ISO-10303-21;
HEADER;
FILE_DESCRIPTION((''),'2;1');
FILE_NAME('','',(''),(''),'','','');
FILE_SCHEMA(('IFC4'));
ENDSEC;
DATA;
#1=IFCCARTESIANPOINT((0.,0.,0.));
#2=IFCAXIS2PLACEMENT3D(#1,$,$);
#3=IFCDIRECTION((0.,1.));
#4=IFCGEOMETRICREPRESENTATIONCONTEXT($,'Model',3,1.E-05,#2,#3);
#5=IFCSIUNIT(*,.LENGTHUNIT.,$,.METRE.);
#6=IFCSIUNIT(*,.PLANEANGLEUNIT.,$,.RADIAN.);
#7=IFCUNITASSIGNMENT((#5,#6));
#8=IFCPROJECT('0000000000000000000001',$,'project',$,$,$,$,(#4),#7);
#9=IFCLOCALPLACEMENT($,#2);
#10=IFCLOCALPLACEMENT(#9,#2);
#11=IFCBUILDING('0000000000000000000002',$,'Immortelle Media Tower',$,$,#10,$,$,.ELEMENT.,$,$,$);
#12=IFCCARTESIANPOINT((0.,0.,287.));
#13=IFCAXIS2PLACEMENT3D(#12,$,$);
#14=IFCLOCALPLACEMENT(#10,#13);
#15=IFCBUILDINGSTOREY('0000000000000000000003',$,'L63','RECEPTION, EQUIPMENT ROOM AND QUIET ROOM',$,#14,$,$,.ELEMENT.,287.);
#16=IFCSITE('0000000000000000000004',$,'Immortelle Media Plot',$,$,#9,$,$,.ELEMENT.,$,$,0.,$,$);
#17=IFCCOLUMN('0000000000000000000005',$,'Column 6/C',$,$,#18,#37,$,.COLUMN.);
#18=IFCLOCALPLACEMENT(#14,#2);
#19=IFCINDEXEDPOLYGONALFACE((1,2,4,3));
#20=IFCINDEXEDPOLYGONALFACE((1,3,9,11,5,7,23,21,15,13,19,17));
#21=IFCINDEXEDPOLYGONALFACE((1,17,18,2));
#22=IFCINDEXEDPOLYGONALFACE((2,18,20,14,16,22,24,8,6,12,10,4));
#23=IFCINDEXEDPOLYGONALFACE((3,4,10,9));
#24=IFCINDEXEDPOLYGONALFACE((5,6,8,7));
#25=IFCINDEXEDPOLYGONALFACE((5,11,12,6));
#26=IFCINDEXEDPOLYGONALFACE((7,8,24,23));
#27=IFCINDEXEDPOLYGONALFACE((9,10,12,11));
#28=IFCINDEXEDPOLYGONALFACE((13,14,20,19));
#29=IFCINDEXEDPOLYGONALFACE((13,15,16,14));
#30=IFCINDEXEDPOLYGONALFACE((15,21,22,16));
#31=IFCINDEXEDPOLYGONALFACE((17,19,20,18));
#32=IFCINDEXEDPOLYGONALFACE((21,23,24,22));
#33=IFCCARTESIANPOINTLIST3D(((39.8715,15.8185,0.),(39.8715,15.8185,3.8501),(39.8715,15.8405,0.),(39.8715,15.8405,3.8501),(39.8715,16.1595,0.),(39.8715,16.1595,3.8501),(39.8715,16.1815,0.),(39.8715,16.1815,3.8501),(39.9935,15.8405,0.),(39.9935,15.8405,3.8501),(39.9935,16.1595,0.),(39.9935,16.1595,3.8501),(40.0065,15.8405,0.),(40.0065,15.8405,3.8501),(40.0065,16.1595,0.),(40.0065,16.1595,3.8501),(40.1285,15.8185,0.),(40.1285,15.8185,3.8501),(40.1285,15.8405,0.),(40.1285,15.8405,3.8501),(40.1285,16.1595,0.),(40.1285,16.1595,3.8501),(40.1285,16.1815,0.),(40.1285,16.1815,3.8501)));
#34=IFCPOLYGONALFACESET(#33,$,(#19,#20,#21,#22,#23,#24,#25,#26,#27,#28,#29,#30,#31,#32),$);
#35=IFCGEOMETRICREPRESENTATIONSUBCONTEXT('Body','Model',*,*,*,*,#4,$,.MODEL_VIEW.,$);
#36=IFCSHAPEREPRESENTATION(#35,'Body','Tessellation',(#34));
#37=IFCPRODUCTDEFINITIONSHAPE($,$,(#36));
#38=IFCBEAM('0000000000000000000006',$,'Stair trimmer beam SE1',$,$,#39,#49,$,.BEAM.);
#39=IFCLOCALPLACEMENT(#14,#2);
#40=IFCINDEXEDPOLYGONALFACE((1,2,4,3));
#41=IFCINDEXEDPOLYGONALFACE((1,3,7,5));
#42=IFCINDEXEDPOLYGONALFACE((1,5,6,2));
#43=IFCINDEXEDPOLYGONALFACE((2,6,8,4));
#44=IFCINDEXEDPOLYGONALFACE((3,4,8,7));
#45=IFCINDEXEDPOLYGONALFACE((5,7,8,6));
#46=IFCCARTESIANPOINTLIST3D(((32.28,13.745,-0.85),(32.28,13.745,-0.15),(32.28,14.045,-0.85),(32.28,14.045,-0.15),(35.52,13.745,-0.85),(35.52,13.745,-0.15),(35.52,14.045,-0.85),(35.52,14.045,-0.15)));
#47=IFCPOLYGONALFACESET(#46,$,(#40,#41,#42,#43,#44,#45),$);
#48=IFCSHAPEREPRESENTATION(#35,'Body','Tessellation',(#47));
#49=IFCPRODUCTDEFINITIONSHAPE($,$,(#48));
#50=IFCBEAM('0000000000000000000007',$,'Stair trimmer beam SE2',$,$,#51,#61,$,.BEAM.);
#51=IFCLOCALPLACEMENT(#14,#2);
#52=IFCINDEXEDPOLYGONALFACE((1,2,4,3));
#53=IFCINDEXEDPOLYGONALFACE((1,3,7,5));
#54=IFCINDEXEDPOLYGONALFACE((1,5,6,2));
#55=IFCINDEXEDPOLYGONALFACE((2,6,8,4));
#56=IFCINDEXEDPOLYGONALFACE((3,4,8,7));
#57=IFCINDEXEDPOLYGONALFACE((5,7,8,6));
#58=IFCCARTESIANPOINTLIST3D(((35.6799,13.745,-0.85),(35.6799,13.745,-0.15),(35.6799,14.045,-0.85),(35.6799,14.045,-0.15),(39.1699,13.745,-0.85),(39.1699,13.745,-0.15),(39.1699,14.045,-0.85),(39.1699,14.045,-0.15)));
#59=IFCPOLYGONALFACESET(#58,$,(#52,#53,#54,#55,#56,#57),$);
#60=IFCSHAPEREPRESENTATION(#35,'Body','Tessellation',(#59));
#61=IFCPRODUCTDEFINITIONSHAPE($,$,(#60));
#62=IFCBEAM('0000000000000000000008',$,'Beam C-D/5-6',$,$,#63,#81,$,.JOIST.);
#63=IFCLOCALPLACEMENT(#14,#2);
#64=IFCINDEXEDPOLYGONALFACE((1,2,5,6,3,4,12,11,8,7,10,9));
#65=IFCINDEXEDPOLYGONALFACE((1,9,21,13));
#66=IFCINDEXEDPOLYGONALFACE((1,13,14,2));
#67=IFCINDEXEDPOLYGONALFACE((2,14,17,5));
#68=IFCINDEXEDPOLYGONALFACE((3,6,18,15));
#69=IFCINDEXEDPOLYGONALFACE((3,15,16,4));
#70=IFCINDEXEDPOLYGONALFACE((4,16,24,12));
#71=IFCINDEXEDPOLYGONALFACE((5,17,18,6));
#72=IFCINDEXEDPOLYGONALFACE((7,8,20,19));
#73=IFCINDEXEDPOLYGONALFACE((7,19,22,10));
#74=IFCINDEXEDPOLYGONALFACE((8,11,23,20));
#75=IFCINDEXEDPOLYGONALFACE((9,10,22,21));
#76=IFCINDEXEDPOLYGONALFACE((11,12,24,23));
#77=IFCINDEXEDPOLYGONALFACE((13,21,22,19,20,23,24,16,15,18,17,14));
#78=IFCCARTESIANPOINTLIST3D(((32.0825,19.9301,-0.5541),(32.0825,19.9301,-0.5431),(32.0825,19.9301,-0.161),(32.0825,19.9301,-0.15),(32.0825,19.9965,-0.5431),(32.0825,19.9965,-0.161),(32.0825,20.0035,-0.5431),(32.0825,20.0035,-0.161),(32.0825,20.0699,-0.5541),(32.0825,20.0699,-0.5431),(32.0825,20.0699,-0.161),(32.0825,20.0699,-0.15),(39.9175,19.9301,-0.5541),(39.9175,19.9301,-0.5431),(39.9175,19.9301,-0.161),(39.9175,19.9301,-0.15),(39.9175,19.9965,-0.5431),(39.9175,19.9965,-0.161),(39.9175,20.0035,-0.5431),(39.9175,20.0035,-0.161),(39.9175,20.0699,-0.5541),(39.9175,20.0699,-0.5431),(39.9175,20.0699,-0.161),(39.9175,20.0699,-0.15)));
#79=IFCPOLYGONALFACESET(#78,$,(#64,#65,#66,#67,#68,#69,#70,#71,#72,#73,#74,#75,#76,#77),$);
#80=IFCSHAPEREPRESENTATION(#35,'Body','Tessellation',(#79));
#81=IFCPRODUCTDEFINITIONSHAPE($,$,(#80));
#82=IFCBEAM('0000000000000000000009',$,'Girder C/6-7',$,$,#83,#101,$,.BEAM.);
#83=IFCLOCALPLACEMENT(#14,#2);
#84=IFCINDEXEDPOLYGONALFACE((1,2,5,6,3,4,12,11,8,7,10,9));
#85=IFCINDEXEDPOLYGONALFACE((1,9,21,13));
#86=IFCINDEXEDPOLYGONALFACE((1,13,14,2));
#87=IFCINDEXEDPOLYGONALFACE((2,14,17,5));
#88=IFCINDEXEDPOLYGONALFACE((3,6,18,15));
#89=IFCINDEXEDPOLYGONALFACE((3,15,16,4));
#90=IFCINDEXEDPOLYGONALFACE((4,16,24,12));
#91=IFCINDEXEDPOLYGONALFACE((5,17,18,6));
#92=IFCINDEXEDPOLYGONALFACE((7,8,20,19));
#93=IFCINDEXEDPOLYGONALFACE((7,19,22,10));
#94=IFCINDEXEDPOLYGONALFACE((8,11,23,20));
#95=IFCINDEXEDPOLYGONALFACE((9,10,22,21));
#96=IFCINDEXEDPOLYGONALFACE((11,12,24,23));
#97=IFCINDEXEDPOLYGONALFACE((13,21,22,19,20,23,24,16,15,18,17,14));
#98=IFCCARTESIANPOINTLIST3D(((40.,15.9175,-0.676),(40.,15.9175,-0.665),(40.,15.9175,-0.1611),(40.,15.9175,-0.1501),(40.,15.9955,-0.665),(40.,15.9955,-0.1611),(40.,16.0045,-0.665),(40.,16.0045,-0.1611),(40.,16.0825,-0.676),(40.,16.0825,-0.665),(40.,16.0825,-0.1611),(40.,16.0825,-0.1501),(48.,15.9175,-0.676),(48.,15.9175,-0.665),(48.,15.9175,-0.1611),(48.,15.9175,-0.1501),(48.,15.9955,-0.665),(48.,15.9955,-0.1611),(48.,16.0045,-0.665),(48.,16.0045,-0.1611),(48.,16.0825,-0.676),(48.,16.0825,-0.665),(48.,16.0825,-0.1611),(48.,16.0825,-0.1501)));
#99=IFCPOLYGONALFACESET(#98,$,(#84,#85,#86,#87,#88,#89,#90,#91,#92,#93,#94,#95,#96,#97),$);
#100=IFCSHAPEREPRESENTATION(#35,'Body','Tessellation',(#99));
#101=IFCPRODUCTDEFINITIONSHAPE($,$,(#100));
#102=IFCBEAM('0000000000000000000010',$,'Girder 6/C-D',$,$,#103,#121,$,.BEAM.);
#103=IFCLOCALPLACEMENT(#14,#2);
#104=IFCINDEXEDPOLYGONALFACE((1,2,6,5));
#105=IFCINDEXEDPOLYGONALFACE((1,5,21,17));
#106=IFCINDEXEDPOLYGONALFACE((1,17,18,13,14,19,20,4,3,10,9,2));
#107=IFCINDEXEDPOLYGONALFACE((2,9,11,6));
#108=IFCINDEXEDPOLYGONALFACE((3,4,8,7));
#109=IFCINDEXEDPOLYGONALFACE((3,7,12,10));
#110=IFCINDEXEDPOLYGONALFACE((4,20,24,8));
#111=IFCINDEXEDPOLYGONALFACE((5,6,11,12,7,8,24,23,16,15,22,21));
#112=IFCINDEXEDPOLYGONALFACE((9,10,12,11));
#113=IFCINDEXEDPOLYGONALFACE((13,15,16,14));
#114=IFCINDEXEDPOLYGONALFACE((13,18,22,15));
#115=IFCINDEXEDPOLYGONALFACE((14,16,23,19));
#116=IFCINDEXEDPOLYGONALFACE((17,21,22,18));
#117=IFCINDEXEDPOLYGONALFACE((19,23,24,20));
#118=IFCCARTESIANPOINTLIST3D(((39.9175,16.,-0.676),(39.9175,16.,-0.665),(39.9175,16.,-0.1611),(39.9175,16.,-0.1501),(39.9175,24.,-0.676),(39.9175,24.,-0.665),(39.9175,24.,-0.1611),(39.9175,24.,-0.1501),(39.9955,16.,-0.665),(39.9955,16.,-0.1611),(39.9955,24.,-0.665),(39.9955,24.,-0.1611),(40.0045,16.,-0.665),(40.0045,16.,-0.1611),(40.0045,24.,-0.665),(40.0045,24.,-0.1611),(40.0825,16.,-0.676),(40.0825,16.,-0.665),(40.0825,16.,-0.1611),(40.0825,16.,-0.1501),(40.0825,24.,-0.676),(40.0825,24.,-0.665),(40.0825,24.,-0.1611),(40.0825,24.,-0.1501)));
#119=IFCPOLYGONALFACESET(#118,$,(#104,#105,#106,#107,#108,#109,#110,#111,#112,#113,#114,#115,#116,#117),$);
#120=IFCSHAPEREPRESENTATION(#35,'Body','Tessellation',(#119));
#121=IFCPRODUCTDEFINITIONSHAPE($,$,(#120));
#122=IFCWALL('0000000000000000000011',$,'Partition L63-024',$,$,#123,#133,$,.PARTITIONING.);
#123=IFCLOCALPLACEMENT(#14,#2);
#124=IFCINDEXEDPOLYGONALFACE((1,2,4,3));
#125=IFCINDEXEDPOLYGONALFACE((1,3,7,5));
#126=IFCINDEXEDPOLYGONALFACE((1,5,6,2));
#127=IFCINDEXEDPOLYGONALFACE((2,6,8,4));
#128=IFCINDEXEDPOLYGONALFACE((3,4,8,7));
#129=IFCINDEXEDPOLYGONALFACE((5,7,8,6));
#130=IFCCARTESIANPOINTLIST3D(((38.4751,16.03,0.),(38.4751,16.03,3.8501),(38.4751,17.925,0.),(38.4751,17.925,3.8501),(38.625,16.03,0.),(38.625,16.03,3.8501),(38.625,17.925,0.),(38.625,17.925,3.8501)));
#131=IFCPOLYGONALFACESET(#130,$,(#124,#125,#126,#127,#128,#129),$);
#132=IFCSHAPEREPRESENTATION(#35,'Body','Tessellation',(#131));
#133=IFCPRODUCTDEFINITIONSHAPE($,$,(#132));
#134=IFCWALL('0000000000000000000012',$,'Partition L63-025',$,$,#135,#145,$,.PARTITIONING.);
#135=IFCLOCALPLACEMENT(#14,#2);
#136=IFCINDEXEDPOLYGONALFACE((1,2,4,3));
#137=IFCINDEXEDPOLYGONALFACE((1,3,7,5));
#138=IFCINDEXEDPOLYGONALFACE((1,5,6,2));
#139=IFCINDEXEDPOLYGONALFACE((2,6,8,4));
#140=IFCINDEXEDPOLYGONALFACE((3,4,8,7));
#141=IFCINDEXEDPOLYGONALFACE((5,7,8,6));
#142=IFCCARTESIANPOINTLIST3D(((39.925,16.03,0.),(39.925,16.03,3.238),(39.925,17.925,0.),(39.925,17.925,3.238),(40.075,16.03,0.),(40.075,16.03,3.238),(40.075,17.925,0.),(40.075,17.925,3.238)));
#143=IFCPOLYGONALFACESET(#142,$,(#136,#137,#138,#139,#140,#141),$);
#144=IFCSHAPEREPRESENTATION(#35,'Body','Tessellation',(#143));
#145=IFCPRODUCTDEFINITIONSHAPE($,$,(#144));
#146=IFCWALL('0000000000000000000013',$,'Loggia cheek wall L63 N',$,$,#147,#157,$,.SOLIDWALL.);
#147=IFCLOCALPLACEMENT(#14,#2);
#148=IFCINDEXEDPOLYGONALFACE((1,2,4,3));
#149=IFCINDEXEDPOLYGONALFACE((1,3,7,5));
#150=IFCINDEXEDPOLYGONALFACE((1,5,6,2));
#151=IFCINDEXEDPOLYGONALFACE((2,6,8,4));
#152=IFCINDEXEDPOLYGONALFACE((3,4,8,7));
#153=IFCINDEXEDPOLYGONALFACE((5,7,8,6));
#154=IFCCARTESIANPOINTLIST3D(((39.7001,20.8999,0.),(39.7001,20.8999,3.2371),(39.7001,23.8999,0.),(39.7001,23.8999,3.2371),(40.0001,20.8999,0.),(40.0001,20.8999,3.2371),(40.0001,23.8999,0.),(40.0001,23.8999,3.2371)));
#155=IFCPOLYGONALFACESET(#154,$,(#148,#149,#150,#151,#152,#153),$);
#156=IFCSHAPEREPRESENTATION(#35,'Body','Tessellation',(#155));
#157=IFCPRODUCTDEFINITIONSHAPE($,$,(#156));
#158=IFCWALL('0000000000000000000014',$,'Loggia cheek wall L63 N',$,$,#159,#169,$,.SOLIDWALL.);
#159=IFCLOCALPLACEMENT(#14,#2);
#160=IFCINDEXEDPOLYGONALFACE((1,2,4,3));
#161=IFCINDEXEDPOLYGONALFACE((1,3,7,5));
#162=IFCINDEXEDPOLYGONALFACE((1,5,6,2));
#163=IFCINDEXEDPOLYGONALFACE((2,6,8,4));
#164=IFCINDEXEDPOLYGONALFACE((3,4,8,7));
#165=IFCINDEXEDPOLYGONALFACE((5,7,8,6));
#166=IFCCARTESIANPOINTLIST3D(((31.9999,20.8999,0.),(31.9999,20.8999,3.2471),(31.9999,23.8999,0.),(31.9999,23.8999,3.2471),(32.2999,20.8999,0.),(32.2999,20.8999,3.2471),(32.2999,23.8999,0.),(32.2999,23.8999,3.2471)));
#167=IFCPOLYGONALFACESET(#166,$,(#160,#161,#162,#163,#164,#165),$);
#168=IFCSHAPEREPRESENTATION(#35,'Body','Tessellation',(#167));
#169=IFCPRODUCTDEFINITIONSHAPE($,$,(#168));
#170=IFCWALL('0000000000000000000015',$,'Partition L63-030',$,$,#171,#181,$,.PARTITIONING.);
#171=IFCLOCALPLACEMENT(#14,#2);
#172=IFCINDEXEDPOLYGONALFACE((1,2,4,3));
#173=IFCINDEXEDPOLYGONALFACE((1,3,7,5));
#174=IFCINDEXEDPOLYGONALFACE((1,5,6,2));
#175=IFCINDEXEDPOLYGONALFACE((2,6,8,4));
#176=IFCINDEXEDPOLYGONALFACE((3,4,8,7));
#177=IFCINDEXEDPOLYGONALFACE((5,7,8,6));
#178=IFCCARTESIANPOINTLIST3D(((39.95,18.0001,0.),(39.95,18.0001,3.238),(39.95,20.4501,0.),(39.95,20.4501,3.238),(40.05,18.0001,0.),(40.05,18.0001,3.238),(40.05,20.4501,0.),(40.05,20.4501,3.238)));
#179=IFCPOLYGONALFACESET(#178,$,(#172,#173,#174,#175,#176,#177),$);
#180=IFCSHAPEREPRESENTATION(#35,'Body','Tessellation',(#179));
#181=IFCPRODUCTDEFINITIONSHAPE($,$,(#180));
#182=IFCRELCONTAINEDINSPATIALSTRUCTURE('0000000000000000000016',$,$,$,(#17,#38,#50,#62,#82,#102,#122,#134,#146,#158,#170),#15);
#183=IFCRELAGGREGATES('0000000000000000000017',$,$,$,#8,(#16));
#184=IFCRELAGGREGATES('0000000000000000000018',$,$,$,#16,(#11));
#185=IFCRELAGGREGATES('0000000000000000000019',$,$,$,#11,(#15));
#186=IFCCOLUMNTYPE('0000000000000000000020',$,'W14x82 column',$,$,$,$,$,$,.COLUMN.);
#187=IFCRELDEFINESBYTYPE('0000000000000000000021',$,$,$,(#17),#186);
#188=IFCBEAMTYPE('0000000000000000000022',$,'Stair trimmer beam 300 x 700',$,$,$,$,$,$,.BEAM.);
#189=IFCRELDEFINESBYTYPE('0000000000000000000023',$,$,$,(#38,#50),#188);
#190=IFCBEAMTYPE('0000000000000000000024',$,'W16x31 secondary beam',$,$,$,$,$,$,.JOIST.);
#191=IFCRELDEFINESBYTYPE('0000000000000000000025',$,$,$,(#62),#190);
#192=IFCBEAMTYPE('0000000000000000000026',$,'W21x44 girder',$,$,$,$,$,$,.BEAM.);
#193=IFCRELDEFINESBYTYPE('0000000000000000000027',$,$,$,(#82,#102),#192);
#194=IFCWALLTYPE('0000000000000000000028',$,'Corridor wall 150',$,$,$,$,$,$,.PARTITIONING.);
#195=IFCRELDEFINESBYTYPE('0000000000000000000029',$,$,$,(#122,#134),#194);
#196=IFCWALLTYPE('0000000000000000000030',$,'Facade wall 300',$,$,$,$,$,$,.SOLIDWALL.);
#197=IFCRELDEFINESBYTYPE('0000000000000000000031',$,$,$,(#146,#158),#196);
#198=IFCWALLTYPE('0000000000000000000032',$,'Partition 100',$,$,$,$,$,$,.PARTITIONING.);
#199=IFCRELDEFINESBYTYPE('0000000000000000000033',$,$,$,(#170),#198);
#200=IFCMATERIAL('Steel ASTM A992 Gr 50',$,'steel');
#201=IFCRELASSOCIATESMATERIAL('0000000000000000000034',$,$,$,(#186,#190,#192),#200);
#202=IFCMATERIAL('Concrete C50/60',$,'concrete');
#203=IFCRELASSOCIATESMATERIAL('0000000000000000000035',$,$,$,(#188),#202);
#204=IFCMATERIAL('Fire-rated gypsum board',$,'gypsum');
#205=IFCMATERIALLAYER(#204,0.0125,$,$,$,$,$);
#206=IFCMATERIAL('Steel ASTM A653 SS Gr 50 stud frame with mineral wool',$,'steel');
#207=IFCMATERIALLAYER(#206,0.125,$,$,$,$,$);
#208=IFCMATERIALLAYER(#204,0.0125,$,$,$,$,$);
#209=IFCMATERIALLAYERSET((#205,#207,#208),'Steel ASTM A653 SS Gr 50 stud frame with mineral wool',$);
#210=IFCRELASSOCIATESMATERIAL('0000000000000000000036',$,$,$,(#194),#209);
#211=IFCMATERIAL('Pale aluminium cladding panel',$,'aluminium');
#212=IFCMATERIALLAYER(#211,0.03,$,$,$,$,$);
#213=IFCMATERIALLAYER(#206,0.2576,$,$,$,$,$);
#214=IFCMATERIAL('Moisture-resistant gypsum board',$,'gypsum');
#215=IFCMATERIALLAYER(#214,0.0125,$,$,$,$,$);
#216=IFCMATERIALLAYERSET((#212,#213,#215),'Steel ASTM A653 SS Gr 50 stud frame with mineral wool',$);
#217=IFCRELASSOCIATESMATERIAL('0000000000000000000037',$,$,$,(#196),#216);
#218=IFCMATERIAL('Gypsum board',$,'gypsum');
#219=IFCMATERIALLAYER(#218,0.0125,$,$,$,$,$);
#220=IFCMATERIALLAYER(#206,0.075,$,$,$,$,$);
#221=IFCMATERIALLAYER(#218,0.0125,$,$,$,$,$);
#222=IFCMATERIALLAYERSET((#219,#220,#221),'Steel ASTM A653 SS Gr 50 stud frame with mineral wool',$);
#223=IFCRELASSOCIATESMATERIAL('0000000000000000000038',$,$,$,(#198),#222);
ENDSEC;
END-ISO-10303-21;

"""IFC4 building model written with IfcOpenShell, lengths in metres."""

from ifc_helpers import new_model, si_unit, direction, frame, frame_2d, origin, origin_2d, place, context, subcontext, project, spatial, rectangle, i_section, extrude, material, layer, layer_set, material_profile, profile_set, type_object, element, save


model = new_model("IFC4")

# Units and contexts
model_context = context("Model", 3, precision=1e-05, world=origin(), true_north=direction((0.0, 1.0)))
body_context = subcontext(model_context, "Body", "Model", "MODEL_VIEW")
ifc_project = project(units=[si_unit("LENGTHUNIT", "METRE"), si_unit("PLANEANGLEUNIT", "RADIAN")], contexts=[model_context])

# Site, building, storey
site_placement = place(None, origin())
site = spatial("IfcSite", under=ifc_project, at=site_placement, Name="Immortelle Media Plot", CompositionType="ELEMENT", RefElevation=0.0)
building_placement = place(site_placement, origin())
building = spatial("IfcBuilding", under=site, at=building_placement, Name="Immortelle Media Tower", CompositionType="ELEMENT")
storey_placement = place(building_placement, frame((0.0, 0.0, 287.0)))
storey = spatial("IfcBuildingStorey", under=building, at=storey_placement, Name="L63", Description="RECEPTION, EQUIPMENT ROOM AND QUIET ROOM", CompositionType="ELEMENT", Elevation=287.0)

# Column
ifc_material_1 = material(Name="Steel ASTM A992 Gr 50", Category="steel")
ifc_material_profile_1 = material_profile(ifc_material_1, i_section(OverallWidth=0.2571, OverallDepth=0.363, WebThickness=0.0129, FlangeThickness=0.022, at=origin_2d()), Name="W14x82")
ifc_profile_set_1 = profile_set([ifc_material_profile_1], Name="Steel ASTM A992 Gr 50")
column_type = type_object("IfcColumnType", Name="W14x82 column", PredefinedType="COLUMN", material=ifc_profile_set_1)
column_placement = place(storey_placement, frame((40.0, 16.0, 0.0), z_axis=(0.0, 0.0, 1.0), x_axis=(1.0, 0.0, 0.0)))
element("IfcColumn", 1, at=column_placement, inside=storey, type_object=column_type, Name="Column 6/C", PredefinedType="COLUMN", context=body_context, shape_type="SweptSolid", body=[
    extrude(i_section(OverallWidth=0.2571, OverallDepth=0.363, WebThickness=0.0129, FlangeThickness=0.022, at=origin_2d()), origin(), (0.0, 0.0, 1.0), 3.8501),
])

# Beams
ifc_material_2 = material(Name="Concrete C50/60", Category="concrete")
ifc_material_profile_2 = material_profile(ifc_material_2, rectangle(XDim=0.3, YDim=0.7, at=origin_2d()), Name="RC 300x700")
ifc_profile_set_2 = profile_set([ifc_material_profile_2], Name="Concrete C50/60")
beam_type_1 = type_object("IfcBeamType", Name="Stair trimmer beam 300 x 700", PredefinedType="BEAM", material=ifc_profile_set_2)
beam_1_placement = place(storey_placement, frame((32.28, 13.895, -0.5), z_axis=(1.0, 0.0, 0.0), x_axis=(0.0, 1.0, 0.0)))
element("IfcBeam", 2, at=beam_1_placement, inside=storey, type_object=beam_type_1, Name="Stair trimmer beam SE1", PredefinedType="BEAM", context=body_context, shape_type="SweptSolid", body=[
    extrude(rectangle(XDim=0.3, YDim=0.7, at=origin_2d()), origin(), (0.0, 0.0, 1.0), 3.24),
])
beam_2_placement = place(storey_placement, frame((35.6799, 13.895, -0.5), z_axis=(1.0, 0.0, 0.0), x_axis=(0.0, 1.0, 0.0)))
element("IfcBeam", 3, at=beam_2_placement, inside=storey, type_object=beam_type_1, Name="Stair trimmer beam SE2", PredefinedType="BEAM", context=body_context, shape_type="SweptSolid", body=[
    extrude(rectangle(XDim=0.3, YDim=0.7, at=origin_2d()), origin(), (0.0, 0.0, 1.0), 3.49),
])
ifc_material_profile_3 = material_profile(ifc_material_1, i_section(OverallWidth=0.1399, OverallDepth=0.4041, WebThickness=0.0071, FlangeThickness=0.011, at=origin_2d()), Name="W16x31")
ifc_profile_set_3 = profile_set([ifc_material_profile_3], Name="Steel ASTM A992 Gr 50")
beam_type_2 = type_object("IfcBeamType", Name="W16x31 secondary beam", PredefinedType="JOIST", material=ifc_profile_set_3)
beam_3_placement = place(storey_placement, frame((32.0825, 20.0, -0.3521), z_axis=(1.0, 0.0, 0.0), x_axis=(0.0, 1.0, 0.0)))
element("IfcBeam", 4, at=beam_3_placement, inside=storey, type_object=beam_type_2, Name="Beam C-D/5-6", PredefinedType="JOIST", context=body_context, shape_type="SweptSolid", body=[
    extrude(i_section(OverallWidth=0.1399, OverallDepth=0.4041, WebThickness=0.0071, FlangeThickness=0.011, at=origin_2d()), origin(), (0.0, 0.0, 1.0), 7.835),
])
ifc_material_profile_4 = material_profile(ifc_material_1, i_section(OverallWidth=0.165, OverallDepth=0.5259, WebThickness=0.009, FlangeThickness=0.011, at=origin_2d()), Name="W21x44")
ifc_profile_set_4 = profile_set([ifc_material_profile_4], Name="Steel ASTM A992 Gr 50")
beam_type_3 = type_object("IfcBeamType", Name="W21x44 girder", PredefinedType="BEAM", material=ifc_profile_set_4)
for number, where, z_axis, x_axis, name in (
    (5, (40.0, 16.0, -0.4131), (1.0, 0.0, 0.0), (0.0, 1.0, 0.0), "Girder C/6-7"),
    (6, (40.0, 16.0, -0.4131), (0.0, 1.0, 0.0), (-1.0, 0.0, 0.0), "Girder 6/C-D"),
):
    element("IfcBeam", number, at=place(storey_placement, frame(where, z_axis=z_axis, x_axis=x_axis)), inside=storey, type_object=beam_type_3, Name=name, PredefinedType="BEAM", context=body_context, shape_type="SweptSolid", body=[
        extrude(i_section(OverallWidth=0.165, OverallDepth=0.5259, WebThickness=0.009, FlangeThickness=0.011, at=origin_2d()), origin(), (0.0, 0.0, 1.0), 8.0),
    ])

# Walls
ifc_material_3 = material(Name="Fire-rated gypsum board", Category="gypsum")
ifc_layer_1 = layer(ifc_material_3, 0.0125)
ifc_material_4 = material(Name="Steel ASTM A653 SS Gr 50 stud frame with mineral wool", Category="steel")
ifc_layer_2 = layer(ifc_material_4, 0.125)
ifc_layer_3 = layer(ifc_material_3, 0.0125)
ifc_layer_set_1 = layer_set([ifc_layer_1, ifc_layer_2, ifc_layer_3], Name="Steel ASTM A653 SS Gr 50 stud frame with mineral wool")
wall_type_1 = type_object("IfcWallType", Name="Corridor wall 150", PredefinedType="PARTITIONING", material=ifc_layer_set_1)
wall_1_placement = place(storey_placement, frame((38.55, 16.03, 0.0), z_axis=(0.0, 0.0, 1.0), x_axis=(0.0, 1.0, 0.0)))
element("IfcWall", 7, at=wall_1_placement, inside=storey, type_object=wall_type_1, Name="Partition L63-024", PredefinedType="PARTITIONING", context=body_context, shape_type="SweptSolid", body=[
    extrude(rectangle(XDim=1.895, YDim=0.1499, at=frame_2d((0.9475, 0.0))), origin(), (0.0, 0.0, 1.0), 3.8501),
])
wall_2_placement = place(storey_placement, frame((40.0, 16.03, 0.0), z_axis=(0.0, 0.0, 1.0), x_axis=(0.0, 1.0, 0.0)))
element("IfcWall", 8, at=wall_2_placement, inside=storey, type_object=wall_type_1, Name="Partition L63-025", PredefinedType="PARTITIONING", context=body_context, shape_type="SweptSolid", body=[
    extrude(rectangle(XDim=1.895, YDim=0.1499, at=frame_2d((0.9475, 0.0))), origin(), (0.0, 0.0, 1.0), 3.238),
])

# Shared definitions
ifc_material_5 = material(Name="Pale aluminium cladding panel", Category="aluminium")
ifc_layer_4 = layer(ifc_material_5, 0.03)
ifc_layer_5 = layer(ifc_material_4, 0.2576)
ifc_material_6 = material(Name="Moisture-resistant gypsum board", Category="gypsum")
ifc_layer_6 = layer(ifc_material_6, 0.0125)
ifc_layer_set_2 = layer_set([ifc_layer_4, ifc_layer_5, ifc_layer_6], Name="Steel ASTM A653 SS Gr 50 stud frame with mineral wool")
wall_type_2 = type_object("IfcWallType", Name="Facade wall 300", PredefinedType="SOLIDWALL", material=ifc_layer_set_2)

# Walls
wall_3_placement = place(storey_placement, frame((39.8501, 23.8999, 0.0), z_axis=(0.0, 0.0, 1.0), x_axis=(0.0, -1.0, 0.0)))
element("IfcWall", 9, at=wall_3_placement, inside=storey, type_object=wall_type_2, Name="Loggia cheek wall L63 N", PredefinedType="SOLIDWALL", context=body_context, shape_type="SweptSolid", body=[
    extrude(rectangle(XDim=3.0, YDim=0.3, at=frame_2d((1.5, 0.0))), origin(), (0.0, 0.0, 1.0), 3.2371),
])
wall_4_placement = place(storey_placement, frame((32.1499, 23.8999, 0.0), z_axis=(0.0, 0.0, 1.0), x_axis=(0.0, -1.0, 0.0)))
element("IfcWall", 10, at=wall_4_placement, inside=storey, type_object=wall_type_2, Name="Loggia cheek wall L63 N", PredefinedType="SOLIDWALL", context=body_context, shape_type="SweptSolid", body=[
    extrude(rectangle(XDim=3.0, YDim=0.3, at=frame_2d((1.5, 0.0))), origin(), (0.0, 0.0, 1.0), 3.2471),
])
ifc_material_7 = material(Name="Gypsum board", Category="gypsum")
ifc_layer_7 = layer(ifc_material_7, 0.0125)
ifc_layer_8 = layer(ifc_material_4, 0.075)
ifc_layer_9 = layer(ifc_material_7, 0.0125)
ifc_layer_set_3 = layer_set([ifc_layer_7, ifc_layer_8, ifc_layer_9], Name="Steel ASTM A653 SS Gr 50 stud frame with mineral wool")
wall_type_3 = type_object("IfcWallType", Name="Partition 100", PredefinedType="PARTITIONING", material=ifc_layer_set_3)
wall_5_placement = place(storey_placement, frame((40.0, 18.0, 0.0), z_axis=(0.0, 0.0, 1.0), x_axis=(0.0, 1.0, 0.0)))
element("IfcWall", 11, at=wall_5_placement, inside=storey, type_object=wall_type_3, Name="Partition L63-030", PredefinedType="PARTITIONING", context=body_context, shape_type="SweptSolid", body=[
    extrude(rectangle(XDim=2.45, YDim=0.1001, at=frame_2d((1.2251, 0.0))), origin(), (0.0, 0.0, 1.0), 3.238),
])

save(model, "model.ifc")
